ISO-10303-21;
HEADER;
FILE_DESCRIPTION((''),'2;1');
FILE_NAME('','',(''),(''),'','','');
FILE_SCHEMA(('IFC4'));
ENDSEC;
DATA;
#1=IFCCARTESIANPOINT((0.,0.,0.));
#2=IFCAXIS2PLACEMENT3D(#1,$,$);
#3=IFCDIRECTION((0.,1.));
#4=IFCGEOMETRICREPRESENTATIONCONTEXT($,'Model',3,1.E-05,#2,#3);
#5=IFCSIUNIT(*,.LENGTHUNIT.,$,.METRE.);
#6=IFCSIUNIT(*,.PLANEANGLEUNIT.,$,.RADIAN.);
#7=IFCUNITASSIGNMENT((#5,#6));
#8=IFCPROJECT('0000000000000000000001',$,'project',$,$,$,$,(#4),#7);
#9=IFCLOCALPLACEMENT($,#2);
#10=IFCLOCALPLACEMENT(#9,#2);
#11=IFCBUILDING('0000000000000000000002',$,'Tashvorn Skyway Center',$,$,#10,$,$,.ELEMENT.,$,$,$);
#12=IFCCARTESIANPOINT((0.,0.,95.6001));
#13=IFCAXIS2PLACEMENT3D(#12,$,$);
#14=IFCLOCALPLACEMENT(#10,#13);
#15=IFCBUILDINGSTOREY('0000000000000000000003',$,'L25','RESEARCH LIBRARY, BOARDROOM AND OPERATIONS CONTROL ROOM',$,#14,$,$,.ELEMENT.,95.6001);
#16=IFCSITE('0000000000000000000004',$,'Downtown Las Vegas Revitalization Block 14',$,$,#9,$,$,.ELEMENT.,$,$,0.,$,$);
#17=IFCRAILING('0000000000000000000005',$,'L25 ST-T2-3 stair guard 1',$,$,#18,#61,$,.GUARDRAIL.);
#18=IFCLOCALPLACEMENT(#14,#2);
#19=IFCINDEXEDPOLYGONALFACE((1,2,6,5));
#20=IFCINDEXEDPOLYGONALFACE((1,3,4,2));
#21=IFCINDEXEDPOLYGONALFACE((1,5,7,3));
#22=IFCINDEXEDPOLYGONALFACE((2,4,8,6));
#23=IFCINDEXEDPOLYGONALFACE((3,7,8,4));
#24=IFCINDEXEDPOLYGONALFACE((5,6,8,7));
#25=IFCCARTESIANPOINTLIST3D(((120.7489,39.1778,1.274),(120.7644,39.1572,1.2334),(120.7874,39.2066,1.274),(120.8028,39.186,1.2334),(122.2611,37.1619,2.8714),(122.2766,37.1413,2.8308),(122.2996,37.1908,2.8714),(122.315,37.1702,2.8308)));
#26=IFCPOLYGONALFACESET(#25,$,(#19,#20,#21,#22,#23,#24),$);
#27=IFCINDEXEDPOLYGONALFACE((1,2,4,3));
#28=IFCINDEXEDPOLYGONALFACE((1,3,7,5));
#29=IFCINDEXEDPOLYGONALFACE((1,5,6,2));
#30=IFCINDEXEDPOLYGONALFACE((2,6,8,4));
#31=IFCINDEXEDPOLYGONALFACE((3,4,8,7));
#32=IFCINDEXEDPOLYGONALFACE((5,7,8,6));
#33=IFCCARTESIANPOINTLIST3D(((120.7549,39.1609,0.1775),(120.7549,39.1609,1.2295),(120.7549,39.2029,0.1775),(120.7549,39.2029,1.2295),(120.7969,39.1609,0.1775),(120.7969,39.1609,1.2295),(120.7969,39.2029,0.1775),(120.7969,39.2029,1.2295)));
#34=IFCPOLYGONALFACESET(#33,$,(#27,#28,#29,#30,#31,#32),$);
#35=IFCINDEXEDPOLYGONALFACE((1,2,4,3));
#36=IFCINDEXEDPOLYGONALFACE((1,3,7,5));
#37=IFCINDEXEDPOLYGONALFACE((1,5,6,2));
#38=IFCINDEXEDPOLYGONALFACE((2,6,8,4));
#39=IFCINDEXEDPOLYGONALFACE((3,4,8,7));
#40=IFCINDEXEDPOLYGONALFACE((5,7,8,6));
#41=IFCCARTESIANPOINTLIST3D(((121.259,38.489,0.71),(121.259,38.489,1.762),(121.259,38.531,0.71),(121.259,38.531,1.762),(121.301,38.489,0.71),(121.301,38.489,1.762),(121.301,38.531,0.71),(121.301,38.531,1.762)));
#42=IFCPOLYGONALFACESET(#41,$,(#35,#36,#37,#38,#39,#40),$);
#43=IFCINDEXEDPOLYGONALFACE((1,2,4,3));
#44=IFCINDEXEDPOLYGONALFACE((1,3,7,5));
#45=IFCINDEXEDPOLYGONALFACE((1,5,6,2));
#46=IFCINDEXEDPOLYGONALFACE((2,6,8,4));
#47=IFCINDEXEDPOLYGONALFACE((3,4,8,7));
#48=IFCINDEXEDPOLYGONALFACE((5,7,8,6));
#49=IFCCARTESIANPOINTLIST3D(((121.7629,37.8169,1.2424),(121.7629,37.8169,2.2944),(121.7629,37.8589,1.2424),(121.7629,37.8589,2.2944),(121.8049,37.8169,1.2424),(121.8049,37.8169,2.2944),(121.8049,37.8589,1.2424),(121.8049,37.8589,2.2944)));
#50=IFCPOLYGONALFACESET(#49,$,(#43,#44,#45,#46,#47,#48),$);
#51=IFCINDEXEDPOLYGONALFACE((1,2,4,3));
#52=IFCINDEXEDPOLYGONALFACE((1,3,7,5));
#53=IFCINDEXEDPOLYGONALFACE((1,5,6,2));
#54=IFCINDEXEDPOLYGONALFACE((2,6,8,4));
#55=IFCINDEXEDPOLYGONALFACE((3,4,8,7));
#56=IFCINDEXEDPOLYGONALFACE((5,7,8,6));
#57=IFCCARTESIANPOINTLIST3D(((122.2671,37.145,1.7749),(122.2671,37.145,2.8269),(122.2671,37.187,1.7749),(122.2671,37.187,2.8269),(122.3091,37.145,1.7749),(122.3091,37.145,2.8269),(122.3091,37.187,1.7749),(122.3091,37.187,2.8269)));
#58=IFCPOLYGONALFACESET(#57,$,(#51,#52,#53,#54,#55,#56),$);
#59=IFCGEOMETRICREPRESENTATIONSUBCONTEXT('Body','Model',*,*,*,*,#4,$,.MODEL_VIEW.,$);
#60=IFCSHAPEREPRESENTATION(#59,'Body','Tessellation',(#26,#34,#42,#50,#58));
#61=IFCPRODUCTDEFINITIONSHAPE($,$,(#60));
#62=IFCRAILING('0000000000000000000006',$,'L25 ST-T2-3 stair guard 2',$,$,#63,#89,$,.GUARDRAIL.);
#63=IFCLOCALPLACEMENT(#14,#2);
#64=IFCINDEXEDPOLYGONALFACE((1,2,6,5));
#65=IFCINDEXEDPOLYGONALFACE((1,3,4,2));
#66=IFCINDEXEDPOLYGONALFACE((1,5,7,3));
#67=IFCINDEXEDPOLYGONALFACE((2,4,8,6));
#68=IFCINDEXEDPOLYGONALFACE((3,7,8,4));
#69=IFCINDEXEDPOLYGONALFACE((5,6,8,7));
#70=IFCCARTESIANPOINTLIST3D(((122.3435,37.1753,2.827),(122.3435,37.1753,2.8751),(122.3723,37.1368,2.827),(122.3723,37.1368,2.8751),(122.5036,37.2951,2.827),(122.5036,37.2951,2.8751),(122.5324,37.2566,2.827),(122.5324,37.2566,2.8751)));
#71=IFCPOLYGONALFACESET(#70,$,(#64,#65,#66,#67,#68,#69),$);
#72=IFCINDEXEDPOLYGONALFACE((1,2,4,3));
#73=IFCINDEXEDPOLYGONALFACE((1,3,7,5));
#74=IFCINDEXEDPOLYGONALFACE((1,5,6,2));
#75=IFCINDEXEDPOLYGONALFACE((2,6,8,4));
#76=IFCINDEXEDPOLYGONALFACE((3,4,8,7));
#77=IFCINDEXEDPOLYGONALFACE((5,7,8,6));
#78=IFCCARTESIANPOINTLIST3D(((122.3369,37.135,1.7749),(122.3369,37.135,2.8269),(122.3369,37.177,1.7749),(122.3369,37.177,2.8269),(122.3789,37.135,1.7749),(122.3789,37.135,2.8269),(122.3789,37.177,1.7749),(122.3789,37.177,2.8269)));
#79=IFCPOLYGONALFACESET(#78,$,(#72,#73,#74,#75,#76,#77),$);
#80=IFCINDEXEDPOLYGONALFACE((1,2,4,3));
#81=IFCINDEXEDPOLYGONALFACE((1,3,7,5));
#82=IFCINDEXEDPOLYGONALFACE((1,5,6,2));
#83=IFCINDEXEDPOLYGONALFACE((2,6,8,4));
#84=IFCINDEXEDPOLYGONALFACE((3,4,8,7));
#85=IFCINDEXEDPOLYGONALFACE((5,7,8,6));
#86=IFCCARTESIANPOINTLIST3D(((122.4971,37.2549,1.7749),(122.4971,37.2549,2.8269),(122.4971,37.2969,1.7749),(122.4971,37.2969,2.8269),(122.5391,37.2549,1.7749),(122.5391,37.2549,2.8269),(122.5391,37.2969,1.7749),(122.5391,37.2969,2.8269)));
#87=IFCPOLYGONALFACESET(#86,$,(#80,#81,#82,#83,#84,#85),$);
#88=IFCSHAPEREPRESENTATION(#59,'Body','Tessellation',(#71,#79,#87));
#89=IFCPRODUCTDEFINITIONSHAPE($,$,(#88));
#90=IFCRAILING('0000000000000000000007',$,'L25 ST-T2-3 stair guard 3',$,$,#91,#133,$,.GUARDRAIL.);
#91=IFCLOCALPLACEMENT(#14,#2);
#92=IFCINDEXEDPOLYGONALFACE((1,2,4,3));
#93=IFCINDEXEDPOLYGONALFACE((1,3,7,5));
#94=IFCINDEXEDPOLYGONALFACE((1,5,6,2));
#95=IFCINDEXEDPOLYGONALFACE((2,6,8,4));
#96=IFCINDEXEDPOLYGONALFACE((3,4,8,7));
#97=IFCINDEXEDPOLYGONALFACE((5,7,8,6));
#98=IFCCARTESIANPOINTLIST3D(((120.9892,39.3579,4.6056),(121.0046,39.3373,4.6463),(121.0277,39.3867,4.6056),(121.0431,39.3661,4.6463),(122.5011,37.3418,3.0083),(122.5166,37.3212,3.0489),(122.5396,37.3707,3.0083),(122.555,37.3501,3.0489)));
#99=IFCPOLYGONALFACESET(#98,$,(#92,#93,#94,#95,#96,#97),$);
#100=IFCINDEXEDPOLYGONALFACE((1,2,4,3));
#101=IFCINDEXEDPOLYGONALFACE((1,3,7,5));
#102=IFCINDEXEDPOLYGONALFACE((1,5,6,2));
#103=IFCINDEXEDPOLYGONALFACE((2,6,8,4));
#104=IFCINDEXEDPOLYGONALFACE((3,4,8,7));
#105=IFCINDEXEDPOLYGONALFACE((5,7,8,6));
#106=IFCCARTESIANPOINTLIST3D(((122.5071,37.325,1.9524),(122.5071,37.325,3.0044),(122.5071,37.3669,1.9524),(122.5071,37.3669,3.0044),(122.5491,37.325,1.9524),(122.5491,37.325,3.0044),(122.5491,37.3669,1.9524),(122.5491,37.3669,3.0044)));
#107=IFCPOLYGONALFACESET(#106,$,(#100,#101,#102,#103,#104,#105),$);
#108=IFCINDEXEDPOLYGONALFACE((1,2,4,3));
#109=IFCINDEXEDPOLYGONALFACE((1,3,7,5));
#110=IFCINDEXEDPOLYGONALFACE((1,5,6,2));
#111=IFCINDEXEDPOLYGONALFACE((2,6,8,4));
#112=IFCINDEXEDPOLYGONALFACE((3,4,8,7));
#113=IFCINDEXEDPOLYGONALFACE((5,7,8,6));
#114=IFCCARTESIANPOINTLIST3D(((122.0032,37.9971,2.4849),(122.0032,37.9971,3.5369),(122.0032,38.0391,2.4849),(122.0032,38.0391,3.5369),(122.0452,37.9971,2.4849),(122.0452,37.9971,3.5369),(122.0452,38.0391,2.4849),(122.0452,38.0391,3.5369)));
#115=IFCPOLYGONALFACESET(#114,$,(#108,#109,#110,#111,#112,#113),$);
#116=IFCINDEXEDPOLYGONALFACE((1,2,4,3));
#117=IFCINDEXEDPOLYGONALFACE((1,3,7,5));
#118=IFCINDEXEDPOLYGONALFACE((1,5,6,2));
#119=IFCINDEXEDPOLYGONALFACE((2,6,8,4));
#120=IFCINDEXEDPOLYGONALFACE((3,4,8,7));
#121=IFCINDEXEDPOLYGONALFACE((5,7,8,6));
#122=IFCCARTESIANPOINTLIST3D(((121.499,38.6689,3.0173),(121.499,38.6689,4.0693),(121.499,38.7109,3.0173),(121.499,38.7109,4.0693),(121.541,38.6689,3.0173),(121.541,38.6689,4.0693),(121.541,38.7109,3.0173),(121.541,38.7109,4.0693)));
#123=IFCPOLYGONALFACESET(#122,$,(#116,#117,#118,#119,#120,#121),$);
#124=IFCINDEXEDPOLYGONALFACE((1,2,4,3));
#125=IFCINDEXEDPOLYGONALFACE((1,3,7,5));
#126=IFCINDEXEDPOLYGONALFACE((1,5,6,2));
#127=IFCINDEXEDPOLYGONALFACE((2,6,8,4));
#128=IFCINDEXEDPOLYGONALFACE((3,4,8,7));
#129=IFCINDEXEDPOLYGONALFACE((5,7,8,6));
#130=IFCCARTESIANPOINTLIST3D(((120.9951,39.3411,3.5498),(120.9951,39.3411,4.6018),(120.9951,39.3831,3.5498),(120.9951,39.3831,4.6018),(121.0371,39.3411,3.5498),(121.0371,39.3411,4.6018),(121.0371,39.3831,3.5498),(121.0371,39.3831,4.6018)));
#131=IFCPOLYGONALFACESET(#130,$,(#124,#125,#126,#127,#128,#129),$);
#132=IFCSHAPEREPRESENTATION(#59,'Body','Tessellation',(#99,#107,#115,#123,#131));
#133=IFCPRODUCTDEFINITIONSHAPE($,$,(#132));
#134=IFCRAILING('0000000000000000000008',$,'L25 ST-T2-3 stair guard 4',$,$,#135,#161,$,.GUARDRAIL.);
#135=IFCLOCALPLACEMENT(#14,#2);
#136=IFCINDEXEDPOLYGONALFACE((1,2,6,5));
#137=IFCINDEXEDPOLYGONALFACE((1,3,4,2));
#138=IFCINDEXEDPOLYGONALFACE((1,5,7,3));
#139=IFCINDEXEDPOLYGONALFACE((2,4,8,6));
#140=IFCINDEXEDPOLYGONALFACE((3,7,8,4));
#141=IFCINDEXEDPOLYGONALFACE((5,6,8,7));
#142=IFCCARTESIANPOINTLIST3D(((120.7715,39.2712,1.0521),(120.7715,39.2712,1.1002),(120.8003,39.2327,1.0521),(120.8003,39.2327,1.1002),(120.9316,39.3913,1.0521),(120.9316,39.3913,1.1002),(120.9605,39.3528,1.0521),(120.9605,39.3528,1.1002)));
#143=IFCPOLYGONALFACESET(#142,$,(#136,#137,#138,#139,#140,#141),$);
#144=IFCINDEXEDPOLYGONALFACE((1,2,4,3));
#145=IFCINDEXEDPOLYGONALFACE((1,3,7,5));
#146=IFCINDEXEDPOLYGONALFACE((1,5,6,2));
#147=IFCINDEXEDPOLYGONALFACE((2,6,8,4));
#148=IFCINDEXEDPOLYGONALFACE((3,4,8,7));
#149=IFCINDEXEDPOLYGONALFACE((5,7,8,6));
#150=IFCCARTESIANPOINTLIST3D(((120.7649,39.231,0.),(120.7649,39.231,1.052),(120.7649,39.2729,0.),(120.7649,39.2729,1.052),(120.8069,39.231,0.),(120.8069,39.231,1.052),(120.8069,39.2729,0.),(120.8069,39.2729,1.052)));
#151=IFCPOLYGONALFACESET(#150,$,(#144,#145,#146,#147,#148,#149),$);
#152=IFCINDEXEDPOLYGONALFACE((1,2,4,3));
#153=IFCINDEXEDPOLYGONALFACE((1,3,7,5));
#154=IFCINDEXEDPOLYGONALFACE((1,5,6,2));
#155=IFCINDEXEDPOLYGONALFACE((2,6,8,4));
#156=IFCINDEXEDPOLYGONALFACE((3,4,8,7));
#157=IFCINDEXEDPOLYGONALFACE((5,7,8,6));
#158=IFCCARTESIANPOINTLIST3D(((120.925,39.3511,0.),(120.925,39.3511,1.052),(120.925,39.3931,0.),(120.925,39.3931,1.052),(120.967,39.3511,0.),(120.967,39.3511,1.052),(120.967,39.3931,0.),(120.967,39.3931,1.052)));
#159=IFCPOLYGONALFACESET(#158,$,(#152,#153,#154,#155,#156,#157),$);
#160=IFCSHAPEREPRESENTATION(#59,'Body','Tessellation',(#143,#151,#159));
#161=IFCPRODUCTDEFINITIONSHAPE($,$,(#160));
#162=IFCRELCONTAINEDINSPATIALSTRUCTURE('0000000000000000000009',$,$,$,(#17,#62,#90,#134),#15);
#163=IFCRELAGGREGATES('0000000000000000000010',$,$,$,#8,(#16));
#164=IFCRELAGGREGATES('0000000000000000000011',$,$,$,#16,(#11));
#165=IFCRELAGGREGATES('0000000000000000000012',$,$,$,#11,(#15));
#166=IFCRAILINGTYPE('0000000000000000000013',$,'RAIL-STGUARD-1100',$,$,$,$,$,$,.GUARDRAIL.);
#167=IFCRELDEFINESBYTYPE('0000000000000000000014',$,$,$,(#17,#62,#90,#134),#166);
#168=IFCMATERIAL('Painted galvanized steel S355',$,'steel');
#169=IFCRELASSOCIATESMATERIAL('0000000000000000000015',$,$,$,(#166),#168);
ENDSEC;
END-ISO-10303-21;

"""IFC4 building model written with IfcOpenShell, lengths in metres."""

from ifc_helpers import new_model, si_unit, direction, frame, origin, origin_2d, place, context, subcontext, project, spatial, rectangle, extrude, material, type_object, element, save


model = new_model("IFC4")

# Units and contexts
model_context = context("Model", 3, precision=1e-05, world=origin(), true_north=direction((0.0, 1.0)))
body_context = subcontext(model_context, "Body", "Model", "MODEL_VIEW")
ifc_project = project(units=[si_unit("LENGTHUNIT", "METRE"), si_unit("PLANEANGLEUNIT", "RADIAN")], contexts=[model_context])

# Site, building, storey
site_placement = place(None, origin())
site = spatial("IfcSite", under=ifc_project, at=site_placement, Name="Downtown Las Vegas Revitalization Block 14", CompositionType="ELEMENT", RefElevation=0.0)
building_placement = place(site_placement, origin())
building = spatial("IfcBuilding", under=site, at=building_placement, Name="Tashvorn Skyway Center", CompositionType="ELEMENT")
storey_placement = place(building_placement, frame((0.0, 0.0, 95.6001)))
storey = spatial("IfcBuildingStorey", under=building, at=storey_placement, Name="L25", Description="RESEARCH LIBRARY, BOARDROOM AND OPERATIONS CONTROL ROOM", CompositionType="ELEMENT", Elevation=95.6001)

# Railings
ifc_material_1 = material(Name="Painted galvanized steel S355", Category="steel")
railing_type_1 = type_object("IfcRailingType", Name="RAIL-STGUARD-1100", PredefinedType="GUARDRAIL", material=ifc_material_1)
railing_1_placement = place(storey_placement, frame((120.7759, 39.1819, 0.1775)))
element("IfcRailing", 1, at=railing_1_placement, inside=storey, type_object=railing_type_1, Name="L25 ST-T2-3 stair guard 1", PredefinedType="GUARDRAIL", context=body_context, shape_type="SweptSolid", body=[
    extrude(rectangle(XDim=0.0481, YDim=0.0481, at=origin_2d()), frame((0.0, 0.0, 1.0762), z_axis=(0.50683, -0.675636, 0.535387), x_axis=(0.799942, 0.600078, 0.0)), (0.0, 0.0, 1.0), 2.9836),
    extrude(rectangle(XDim=0.042, YDim=0.042, at=origin_2d()), origin(), (0.0, 0.0, 1.0), 1.052),
    extrude(rectangle(XDim=0.042, YDim=0.042, at=origin_2d()), frame((0.5042, -0.6719, 0.5325)), (0.0, 0.0, 1.0), 1.052),
    extrude(rectangle(XDim=0.042, YDim=0.042, at=origin_2d()), frame((1.0081, -1.344, 1.0649)), (0.0, 0.0, 1.0), 1.052),
    extrude(rectangle(XDim=0.042, YDim=0.042, at=origin_2d()), frame((1.5122, -2.0159, 1.5974)), (0.0, 0.0, 1.0), 1.052),
])
railing_2_placement = place(storey_placement, frame((122.3579, 37.156, 1.7749)))
element("IfcRailing", 2, at=railing_2_placement, inside=storey, type_object=railing_type_1, Name="L25 ST-T2-3 stair guard 2", PredefinedType="GUARDRAIL", context=body_context, shape_type="SweptSolid", body=[
    extrude(rectangle(XDim=0.0481, YDim=0.0481, at=origin_2d()), frame((0.0, 0.0, 1.0762), z_axis=(0.800585, 0.599219, 0.0), x_axis=(-0.599219, 0.800585, 0.0)), (0.0, 0.0, 1.0), 0.2),
    extrude(rectangle(XDim=0.042, YDim=0.042, at=origin_2d()), origin(), (0.0, 0.0, 1.0), 1.052),
    extrude(rectangle(XDim=0.042, YDim=0.042, at=origin_2d()), frame((0.1602, 0.1199, 0.0)), (0.0, 0.0, 1.0), 1.052),
])
railing_3_placement = place(storey_placement, frame((122.5281, 37.3459, 1.9524)))
element("IfcRailing", 3, at=railing_3_placement, inside=storey, type_object=railing_type_1, Name="L25 ST-T2-3 stair guard 3", PredefinedType="GUARDRAIL", context=body_context, shape_type="SweptSolid", body=[
    extrude(rectangle(XDim=0.0481, YDim=0.0481, at=origin_2d()), frame((0.0, 0.0, 1.0762), z_axis=(-0.506741, 0.675709, 0.535379), x_axis=(-0.800023, -0.599969, 0.0)), (0.0, 0.0, 1.0), 2.9836),
    extrude(rectangle(XDim=0.042, YDim=0.042, at=origin_2d()), origin(), (0.0, 0.0, 1.0), 1.052),
    extrude(rectangle(XDim=0.042, YDim=0.042, at=origin_2d()), frame((-0.5039, 0.6721, 0.5325)), (0.0, 0.0, 1.0), 1.052),
    extrude(rectangle(XDim=0.042, YDim=0.042, at=origin_2d()), frame((-1.0081, 1.344, 1.0649)), (0.0, 0.0, 1.0), 1.052),
    extrude(rectangle(XDim=0.042, YDim=0.042, at=origin_2d()), frame((-1.512, 2.0161, 1.5974)), (0.0, 0.0, 1.0), 1.052),
])
railing_4_placement = place(storey_placement, frame((120.7859, 39.252, 0.0)))
element("IfcRailing", 4, at=railing_4_placement, inside=storey, type_object=railing_type_1, Name="L25 ST-T2-3 stair guard 4", PredefinedType="GUARDRAIL", context=body_context, shape_type="SweptSolid", body=[
    extrude(rectangle(XDim=0.0481, YDim=0.0481, at=origin_2d()), frame((0.0, 0.0, 1.0762), z_axis=(0.8, 0.6, 0.0), x_axis=(-0.6, 0.8, 0.0)), (0.0, 0.0, 1.0), 0.2002),
    extrude(rectangle(XDim=0.042, YDim=0.042, at=origin_2d()), origin(), (0.0, 0.0, 1.0), 1.052),
    extrude(rectangle(XDim=0.042, YDim=0.042, at=origin_2d()), frame((0.1602, 0.1201, 0.0)), (0.0, 0.0, 1.0), 1.052),
])

save(model, "model.ifc")
